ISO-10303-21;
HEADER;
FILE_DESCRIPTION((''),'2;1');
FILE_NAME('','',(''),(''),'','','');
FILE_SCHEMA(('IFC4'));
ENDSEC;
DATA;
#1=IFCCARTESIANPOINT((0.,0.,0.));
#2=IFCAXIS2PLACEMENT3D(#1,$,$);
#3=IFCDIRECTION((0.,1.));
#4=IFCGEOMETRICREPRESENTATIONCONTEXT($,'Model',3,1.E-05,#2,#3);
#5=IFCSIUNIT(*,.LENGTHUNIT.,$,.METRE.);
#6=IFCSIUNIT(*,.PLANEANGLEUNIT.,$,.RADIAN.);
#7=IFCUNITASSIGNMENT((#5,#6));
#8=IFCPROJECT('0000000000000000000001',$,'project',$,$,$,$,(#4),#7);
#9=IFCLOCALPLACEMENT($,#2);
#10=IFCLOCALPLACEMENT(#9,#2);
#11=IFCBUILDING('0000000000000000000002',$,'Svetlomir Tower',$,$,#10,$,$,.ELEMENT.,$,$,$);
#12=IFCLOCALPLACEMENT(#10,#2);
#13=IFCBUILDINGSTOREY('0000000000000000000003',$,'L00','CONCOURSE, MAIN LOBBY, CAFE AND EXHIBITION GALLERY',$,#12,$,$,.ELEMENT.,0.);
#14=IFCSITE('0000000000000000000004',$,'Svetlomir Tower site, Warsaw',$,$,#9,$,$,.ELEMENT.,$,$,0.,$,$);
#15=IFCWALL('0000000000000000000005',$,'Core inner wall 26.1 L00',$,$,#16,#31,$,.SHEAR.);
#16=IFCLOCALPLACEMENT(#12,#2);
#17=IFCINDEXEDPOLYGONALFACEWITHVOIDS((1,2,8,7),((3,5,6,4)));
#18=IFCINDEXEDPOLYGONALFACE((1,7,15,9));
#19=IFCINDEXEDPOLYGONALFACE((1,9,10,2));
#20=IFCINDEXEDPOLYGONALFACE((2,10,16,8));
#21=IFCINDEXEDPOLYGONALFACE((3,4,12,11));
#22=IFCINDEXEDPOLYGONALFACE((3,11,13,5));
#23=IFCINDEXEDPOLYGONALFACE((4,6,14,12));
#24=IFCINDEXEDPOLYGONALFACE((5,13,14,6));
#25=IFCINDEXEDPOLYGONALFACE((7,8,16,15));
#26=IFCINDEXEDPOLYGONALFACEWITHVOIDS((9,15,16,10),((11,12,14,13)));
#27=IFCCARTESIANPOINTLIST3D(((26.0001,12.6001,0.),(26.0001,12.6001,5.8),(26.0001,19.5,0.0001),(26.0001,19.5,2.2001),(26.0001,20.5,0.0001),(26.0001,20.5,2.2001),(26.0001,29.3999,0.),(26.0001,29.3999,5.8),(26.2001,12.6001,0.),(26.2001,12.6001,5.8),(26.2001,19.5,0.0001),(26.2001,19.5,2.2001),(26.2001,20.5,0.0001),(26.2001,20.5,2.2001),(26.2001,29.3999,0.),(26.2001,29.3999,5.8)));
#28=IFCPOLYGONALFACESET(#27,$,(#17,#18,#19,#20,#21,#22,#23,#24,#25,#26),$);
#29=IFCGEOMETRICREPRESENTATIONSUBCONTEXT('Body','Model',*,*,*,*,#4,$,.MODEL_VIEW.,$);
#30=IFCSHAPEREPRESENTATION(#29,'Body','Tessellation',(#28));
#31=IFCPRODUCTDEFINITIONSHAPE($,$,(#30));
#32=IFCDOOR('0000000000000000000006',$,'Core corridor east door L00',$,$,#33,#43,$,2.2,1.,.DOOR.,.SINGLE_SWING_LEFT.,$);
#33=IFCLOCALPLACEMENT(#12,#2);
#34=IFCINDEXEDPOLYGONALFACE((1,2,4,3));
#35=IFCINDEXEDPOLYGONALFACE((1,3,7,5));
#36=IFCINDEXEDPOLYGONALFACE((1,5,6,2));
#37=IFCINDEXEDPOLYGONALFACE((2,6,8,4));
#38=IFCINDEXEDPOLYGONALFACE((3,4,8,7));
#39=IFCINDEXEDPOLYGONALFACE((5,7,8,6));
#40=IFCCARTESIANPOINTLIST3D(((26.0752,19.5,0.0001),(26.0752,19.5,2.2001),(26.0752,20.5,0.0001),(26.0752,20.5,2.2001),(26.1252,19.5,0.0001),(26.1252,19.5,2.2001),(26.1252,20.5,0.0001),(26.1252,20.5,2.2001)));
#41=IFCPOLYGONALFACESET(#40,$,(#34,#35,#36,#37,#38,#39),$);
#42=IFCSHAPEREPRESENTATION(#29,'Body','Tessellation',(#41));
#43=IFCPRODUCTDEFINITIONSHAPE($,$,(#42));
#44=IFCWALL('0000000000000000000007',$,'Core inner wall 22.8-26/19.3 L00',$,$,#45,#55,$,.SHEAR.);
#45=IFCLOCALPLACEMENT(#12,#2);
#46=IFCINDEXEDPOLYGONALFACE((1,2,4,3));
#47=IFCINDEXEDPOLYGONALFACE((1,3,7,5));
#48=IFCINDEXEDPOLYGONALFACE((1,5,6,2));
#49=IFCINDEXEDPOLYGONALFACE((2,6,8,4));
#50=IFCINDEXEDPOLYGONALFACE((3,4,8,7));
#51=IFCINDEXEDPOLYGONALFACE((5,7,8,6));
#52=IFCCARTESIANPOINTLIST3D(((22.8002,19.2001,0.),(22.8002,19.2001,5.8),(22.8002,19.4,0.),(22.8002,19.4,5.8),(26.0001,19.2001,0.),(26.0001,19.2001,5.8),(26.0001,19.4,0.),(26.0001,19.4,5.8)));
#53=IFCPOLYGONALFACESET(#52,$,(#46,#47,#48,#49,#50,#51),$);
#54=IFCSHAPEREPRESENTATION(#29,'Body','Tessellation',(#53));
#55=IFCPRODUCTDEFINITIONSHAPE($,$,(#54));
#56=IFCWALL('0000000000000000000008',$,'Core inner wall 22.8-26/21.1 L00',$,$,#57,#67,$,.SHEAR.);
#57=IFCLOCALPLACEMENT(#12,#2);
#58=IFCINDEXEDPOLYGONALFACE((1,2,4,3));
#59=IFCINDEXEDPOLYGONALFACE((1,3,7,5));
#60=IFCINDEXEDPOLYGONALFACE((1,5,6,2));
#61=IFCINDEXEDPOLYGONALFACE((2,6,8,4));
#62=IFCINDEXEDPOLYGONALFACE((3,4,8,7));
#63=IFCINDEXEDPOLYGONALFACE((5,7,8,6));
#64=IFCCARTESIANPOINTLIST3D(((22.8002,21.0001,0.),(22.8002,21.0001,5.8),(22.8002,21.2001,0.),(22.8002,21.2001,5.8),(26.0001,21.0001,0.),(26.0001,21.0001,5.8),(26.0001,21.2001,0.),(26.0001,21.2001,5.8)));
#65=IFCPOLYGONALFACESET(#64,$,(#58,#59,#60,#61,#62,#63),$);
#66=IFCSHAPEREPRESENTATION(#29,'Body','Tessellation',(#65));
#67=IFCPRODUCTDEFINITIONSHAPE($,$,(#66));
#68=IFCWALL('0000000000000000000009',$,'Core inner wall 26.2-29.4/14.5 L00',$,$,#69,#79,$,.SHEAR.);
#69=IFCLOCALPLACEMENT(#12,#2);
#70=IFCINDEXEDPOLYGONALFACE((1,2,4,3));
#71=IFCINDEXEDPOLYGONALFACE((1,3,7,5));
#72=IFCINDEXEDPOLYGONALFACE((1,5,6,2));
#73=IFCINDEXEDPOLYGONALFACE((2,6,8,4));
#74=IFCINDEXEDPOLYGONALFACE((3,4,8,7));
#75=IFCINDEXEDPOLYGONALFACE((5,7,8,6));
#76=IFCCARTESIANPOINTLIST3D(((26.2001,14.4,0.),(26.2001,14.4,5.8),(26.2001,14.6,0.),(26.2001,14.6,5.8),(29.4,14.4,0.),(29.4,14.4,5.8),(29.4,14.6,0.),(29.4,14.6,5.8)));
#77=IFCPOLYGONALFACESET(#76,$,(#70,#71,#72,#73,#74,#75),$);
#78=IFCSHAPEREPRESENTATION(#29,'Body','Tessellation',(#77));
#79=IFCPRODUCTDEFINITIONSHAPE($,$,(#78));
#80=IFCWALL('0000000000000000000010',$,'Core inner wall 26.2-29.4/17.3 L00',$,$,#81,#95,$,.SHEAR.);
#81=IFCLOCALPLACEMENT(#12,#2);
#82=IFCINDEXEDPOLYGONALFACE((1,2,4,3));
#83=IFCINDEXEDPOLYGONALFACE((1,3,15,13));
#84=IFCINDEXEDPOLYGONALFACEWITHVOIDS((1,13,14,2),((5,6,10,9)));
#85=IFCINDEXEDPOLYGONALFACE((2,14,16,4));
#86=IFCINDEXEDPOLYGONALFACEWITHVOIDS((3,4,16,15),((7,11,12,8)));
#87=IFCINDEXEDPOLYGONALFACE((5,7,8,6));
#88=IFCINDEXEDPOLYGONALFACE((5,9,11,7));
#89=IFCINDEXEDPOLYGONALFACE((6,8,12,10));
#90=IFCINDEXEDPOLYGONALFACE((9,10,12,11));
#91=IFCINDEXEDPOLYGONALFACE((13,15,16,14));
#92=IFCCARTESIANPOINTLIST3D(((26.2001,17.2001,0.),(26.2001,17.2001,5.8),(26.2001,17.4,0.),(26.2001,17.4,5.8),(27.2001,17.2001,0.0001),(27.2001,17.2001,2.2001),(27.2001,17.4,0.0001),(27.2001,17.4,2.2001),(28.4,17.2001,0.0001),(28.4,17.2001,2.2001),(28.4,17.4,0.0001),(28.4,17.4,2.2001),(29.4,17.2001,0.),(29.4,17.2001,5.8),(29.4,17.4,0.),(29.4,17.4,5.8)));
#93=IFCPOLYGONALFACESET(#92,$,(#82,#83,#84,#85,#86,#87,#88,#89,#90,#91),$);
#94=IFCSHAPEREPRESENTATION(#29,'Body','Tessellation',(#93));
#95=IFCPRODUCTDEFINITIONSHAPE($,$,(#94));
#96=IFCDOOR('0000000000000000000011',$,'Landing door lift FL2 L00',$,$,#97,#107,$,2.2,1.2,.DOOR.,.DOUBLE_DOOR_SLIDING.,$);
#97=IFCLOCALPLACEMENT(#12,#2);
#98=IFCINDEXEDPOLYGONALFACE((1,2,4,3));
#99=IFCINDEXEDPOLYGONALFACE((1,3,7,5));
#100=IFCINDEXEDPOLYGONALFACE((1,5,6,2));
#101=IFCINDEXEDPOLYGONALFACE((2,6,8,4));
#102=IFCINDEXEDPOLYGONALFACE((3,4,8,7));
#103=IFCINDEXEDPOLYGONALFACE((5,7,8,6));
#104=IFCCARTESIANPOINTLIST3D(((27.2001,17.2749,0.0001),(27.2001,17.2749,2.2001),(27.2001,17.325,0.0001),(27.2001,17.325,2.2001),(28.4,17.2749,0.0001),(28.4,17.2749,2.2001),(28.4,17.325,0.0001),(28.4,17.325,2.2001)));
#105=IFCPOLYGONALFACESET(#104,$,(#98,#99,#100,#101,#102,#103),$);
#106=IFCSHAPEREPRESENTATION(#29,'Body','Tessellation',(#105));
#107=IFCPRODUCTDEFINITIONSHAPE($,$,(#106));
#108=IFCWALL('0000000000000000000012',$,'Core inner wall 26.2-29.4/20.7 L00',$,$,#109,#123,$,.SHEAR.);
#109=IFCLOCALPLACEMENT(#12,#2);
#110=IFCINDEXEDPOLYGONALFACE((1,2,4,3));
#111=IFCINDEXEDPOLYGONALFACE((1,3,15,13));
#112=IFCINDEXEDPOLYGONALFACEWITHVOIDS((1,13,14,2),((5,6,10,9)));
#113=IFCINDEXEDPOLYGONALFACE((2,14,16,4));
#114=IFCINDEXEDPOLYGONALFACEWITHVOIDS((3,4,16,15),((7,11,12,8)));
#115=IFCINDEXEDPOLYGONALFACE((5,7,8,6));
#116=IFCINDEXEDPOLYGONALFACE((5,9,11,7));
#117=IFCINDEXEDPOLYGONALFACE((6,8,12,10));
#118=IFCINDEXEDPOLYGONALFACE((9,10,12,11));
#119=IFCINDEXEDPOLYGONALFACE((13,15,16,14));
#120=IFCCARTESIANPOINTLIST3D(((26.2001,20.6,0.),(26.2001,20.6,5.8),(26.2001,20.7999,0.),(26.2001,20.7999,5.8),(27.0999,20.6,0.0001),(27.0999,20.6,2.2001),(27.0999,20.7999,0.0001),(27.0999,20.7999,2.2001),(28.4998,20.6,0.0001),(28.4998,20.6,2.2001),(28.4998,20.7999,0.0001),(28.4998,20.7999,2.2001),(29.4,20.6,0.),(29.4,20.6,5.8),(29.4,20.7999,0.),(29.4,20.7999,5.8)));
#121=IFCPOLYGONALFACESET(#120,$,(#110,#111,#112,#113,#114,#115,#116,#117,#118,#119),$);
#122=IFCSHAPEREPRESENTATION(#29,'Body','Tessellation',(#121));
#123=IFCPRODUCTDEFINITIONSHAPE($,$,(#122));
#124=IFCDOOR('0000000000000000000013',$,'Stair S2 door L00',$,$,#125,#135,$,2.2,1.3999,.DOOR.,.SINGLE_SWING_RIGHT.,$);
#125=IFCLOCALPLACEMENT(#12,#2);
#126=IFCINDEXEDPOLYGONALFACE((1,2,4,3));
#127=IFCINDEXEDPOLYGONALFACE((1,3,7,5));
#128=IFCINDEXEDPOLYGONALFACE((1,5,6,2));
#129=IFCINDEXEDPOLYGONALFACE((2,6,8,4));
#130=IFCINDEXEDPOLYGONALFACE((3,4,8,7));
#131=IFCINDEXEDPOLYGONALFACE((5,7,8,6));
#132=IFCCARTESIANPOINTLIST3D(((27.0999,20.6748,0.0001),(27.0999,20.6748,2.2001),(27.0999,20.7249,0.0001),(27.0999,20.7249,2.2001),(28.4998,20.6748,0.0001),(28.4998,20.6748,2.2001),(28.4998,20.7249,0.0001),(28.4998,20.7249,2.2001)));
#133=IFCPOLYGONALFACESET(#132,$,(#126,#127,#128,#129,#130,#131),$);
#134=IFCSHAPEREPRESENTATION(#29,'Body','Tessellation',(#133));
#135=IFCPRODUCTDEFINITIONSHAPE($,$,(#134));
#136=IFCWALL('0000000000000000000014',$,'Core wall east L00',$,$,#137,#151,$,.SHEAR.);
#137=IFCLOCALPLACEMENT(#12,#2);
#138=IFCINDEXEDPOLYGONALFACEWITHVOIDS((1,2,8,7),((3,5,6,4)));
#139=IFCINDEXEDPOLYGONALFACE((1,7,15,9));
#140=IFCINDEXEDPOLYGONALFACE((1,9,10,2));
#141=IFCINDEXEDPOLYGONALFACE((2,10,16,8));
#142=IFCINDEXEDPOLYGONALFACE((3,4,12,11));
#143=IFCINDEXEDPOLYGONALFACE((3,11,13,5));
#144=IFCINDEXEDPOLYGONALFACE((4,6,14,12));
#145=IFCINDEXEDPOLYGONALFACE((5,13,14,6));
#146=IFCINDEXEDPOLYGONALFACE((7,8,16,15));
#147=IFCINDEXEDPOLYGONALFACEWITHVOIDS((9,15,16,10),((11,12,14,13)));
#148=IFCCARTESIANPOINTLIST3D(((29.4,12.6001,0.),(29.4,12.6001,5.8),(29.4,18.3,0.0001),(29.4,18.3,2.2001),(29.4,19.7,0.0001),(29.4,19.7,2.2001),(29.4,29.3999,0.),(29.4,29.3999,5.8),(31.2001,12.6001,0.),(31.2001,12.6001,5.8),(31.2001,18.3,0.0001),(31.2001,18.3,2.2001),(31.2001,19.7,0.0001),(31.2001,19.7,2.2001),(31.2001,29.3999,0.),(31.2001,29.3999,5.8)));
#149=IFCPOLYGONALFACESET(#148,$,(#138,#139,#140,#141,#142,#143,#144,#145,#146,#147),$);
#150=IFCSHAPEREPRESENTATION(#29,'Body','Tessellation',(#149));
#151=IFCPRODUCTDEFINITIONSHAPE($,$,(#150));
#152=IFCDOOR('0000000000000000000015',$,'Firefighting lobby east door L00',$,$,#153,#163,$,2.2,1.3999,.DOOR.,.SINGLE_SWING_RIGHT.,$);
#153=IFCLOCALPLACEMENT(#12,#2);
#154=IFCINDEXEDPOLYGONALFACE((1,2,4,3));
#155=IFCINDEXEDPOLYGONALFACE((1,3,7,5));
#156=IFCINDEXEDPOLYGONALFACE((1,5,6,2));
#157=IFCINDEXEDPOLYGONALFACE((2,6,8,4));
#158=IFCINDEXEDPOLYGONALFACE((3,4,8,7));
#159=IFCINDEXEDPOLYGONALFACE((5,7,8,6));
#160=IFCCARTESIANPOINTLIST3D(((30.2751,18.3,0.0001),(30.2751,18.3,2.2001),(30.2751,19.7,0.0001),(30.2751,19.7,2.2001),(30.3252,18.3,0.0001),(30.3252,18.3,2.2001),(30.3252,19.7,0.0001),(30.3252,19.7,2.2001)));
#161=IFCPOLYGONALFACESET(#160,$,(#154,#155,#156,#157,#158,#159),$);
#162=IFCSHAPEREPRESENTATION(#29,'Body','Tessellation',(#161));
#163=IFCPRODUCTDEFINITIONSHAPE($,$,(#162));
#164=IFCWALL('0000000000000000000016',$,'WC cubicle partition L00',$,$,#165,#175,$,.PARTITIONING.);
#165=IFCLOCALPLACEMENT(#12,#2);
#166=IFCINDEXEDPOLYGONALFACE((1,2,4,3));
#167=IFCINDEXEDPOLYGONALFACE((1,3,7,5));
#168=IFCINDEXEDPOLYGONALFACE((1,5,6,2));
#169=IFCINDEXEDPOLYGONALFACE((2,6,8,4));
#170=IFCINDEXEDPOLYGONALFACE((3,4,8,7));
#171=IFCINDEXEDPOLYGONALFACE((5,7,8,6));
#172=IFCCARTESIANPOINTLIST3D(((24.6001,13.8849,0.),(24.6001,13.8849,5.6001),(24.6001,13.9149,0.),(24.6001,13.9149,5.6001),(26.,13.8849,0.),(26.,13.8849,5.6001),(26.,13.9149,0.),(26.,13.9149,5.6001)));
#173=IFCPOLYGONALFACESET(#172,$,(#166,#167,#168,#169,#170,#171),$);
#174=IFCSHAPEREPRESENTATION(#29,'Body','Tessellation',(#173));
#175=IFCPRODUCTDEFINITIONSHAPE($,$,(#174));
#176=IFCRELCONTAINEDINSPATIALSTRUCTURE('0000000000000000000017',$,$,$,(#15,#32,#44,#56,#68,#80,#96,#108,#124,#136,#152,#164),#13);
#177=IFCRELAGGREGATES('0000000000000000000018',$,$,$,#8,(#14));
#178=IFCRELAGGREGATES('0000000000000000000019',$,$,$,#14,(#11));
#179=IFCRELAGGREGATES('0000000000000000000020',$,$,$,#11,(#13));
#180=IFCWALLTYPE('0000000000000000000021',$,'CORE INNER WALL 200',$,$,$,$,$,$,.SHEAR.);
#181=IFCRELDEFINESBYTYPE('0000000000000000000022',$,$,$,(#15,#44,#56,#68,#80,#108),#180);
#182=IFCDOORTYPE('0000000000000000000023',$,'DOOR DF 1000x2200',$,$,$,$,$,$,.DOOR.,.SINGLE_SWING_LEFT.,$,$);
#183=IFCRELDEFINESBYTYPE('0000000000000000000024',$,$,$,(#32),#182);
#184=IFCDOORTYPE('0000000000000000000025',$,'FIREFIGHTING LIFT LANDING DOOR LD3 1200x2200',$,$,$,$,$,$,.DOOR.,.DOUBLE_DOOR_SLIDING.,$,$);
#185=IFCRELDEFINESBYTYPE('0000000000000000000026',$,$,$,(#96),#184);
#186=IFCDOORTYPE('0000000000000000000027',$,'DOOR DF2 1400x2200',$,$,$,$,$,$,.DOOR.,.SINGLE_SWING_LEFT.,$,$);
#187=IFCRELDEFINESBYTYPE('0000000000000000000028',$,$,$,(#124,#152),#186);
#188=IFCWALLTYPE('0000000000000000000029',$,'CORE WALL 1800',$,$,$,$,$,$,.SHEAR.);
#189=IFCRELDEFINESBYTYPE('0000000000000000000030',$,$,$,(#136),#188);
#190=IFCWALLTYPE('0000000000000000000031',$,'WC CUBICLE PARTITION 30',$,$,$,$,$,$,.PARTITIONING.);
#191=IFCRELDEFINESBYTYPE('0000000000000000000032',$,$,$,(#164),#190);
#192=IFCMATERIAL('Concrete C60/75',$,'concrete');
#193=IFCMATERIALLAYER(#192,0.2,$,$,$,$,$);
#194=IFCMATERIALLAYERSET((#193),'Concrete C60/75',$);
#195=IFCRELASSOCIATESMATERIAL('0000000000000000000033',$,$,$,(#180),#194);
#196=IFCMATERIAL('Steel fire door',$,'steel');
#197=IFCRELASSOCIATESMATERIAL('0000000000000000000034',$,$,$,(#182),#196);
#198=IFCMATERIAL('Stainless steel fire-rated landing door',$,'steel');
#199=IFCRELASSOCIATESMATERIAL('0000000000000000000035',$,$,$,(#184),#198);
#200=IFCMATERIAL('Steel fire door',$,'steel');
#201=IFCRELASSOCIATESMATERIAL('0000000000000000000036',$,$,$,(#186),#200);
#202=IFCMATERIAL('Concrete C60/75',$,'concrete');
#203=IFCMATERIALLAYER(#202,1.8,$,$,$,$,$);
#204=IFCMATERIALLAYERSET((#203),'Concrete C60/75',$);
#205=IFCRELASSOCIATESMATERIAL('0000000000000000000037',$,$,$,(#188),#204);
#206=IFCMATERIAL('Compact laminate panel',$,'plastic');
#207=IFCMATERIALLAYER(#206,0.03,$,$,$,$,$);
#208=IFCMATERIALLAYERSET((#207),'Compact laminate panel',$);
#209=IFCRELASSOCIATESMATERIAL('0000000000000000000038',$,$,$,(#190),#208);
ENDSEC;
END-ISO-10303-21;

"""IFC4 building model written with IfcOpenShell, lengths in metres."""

from ifc_helpers import new_model, si_unit, direction, frame, frame_2d, origin, place, context, subcontext, project, spatial, rectangle, extrude, material, layer, layer_set, type_object, element, fill, save


model = new_model("IFC4")

# Units and contexts
model_context = context("Model", 3, precision=1e-05, world=origin(), true_north=direction((0.0, 1.0)))
body_context = subcontext(model_context, "Body", "Model", "MODEL_VIEW")
ifc_project = project(units=[si_unit("LENGTHUNIT", "METRE"), si_unit("PLANEANGLEUNIT", "RADIAN")], contexts=[model_context])

# Site, building, storey
site_placement = place(None, origin())
site = spatial("IfcSite", under=ifc_project, at=site_placement, Name="Svetlomir Tower site, Warsaw", CompositionType="ELEMENT", RefElevation=0.0)
building_placement = place(site_placement, origin())
building = spatial("IfcBuilding", under=site, at=building_placement, Name="Svetlomir Tower", CompositionType="ELEMENT")
storey_placement = place(building_placement, origin())
storey = spatial("IfcBuildingStorey", under=building, at=storey_placement, Name="L00", Description="CONCOURSE, MAIN LOBBY, CAFE AND EXHIBITION GALLERY", CompositionType="ELEMENT", Elevation=0.0)

# Wall, opening, door
ifc_material_1 = material(Name="Concrete C60/75", Category="concrete")
ifc_layer_1 = layer(ifc_material_1, 0.2)
ifc_layer_set_1 = layer_set([ifc_layer_1], Name="Concrete C60/75")
wall_type_1 = type_object("IfcWallType", Name="CORE INNER WALL 200", PredefinedType="SHEAR", material=ifc_layer_set_1)
wall_1_placement = place(storey_placement, frame((26.1001, 12.6001, 0.0), z_axis=(0.0, 0.0, 1.0), x_axis=(0.0, 1.0, 0.0)))
wall_1 = element("IfcWall", 1, at=wall_1_placement, inside=storey, type_object=wall_type_1, Name="Core inner wall 26.1 L00", PredefinedType="SHEAR", context=body_context, shape_type="SweptSolid", body=[
    extrude(rectangle(XDim=16.7998, YDim=0.2, at=frame_2d((8.3999, 0.0))), origin(), (0.0, 0.0, 1.0), 5.8),
])
opening_1_placement = place(wall_1_placement, frame((6.8999, 0.0, 0.0)))
opening_1 = element("IfcOpeningElement", 2, at=opening_1_placement, cuts=wall_1, PredefinedType="OPENING", context=body_context, shape_type="SweptSolid", body=[
    extrude(rectangle(XDim=1.0, YDim=2.2, at=frame_2d((0.5, 1.1001))), frame((0.0, 0.1099, 0.0), z_axis=(0.0, -1.0, 0.0), x_axis=(1.0, 0.0, 0.0)), (0.0, 0.0, 1.0), 0.22),
])
ifc_material_2 = material(Name="Steel fire door", Category="steel")
door_type_1 = type_object("IfcDoorType", Name="DOOR DF 1000x2200", OperationType="SINGLE_SWING_LEFT", PredefinedType="DOOR", material=ifc_material_2)
door_1_placement = place(opening_1_placement, origin())
door_1 = element("IfcDoor", 3, at=door_1_placement, inside=storey, type_object=door_type_1, Name="Core corridor east door L00", OperationType="SINGLE_SWING_LEFT", OverallHeight=2.2, OverallWidth=1.0, PredefinedType="DOOR", context=body_context, shape_type="SweptSolid", body=[
    extrude(rectangle(XDim=1.0, YDim=2.2, at=frame_2d((0.5, 1.1001))), frame((0.0, 0.0249, 0.0), z_axis=(0.0, -1.0, 0.0), x_axis=(1.0, 0.0, 0.0)), (0.0, 0.0, 1.0), 0.05),
])
fill(opening_1, door_1)

# Walls
for number, where, z_axis, x_axis, name in (
    (4, (22.8, 19.3, 0.0), (0.0, 0.0, 1.0), (1.0, 0.0, 0.0), "Core inner wall 22.8-26/19.3 L00"),
    (5, (22.8, 21.1001, 0.0), (0.0, 0.0, 1.0), (1.0, 0.0, 0.0), "Core inner wall 22.8-26/21.1 L00"),
    (6, (26.2, 14.5, 0.0), (0.0, 0.0, 1.0), (1.0, 0.0, 0.0), "Core inner wall 26.2-29.4/14.5 L00"),
):
    element("IfcWall", number, at=place(storey_placement, frame(where, z_axis=z_axis, x_axis=x_axis)), inside=storey, type_object=wall_type_1, Name=name, PredefinedType="SHEAR", context=body_context, shape_type="SweptSolid", body=[
        extrude(rectangle(XDim=3.2, YDim=0.2, at=frame_2d((1.6001, 0.0))), origin(), (0.0, 0.0, 1.0), 5.8),
    ])

# Walls, openings, doors
wall_2_placement = place(storey_placement, frame((26.2, 17.3, 0.0), z_axis=(0.0, 0.0, 1.0), x_axis=(1.0, 0.0, 0.0)))
wall_2 = element("IfcWall", 7, at=wall_2_placement, inside=storey, type_object=wall_type_1, Name="Core inner wall 26.2-29.4/17.3 L00", PredefinedType="SHEAR", context=body_context, shape_type="SweptSolid", body=[
    extrude(rectangle(XDim=3.2, YDim=0.2, at=frame_2d((1.6001, 0.0))), origin(), (0.0, 0.0, 1.0), 5.8),
])
opening_2_placement = place(wall_2_placement, frame((1.0, 0.0, 0.0)))
opening_2 = element("IfcOpeningElement", 8, at=opening_2_placement, cuts=wall_2, PredefinedType="OPENING", context=body_context, shape_type="SweptSolid", body=[
    extrude(rectangle(XDim=1.2, YDim=2.2, at=frame_2d((0.6001, 1.1001))), frame((0.0, 0.1099, 0.0), z_axis=(0.0, -1.0, 0.0), x_axis=(1.0, 0.0, 0.0)), (0.0, 0.0, 1.0), 0.22),
])
ifc_material_3 = material(Name="Stainless steel fire-rated landing door", Category="steel")
door_type_2 = type_object("IfcDoorType", Name="FIREFIGHTING LIFT LANDING DOOR LD3 1200x2200", OperationType="DOUBLE_DOOR_SLIDING", PredefinedType="DOOR", material=ifc_material_3)
door_2_placement = place(opening_2_placement, origin())
door_2 = element("IfcDoor", 9, at=door_2_placement, inside=storey, type_object=door_type_2, Name="Landing door lift FL2 L00", OperationType="DOUBLE_DOOR_SLIDING", OverallHeight=2.2, OverallWidth=1.2, PredefinedType="DOOR", context=body_context, shape_type="SweptSolid", body=[
    extrude(rectangle(XDim=1.2, YDim=2.2, at=frame_2d((0.6001, 1.1001))), frame((0.0, 0.0249, 0.0), z_axis=(0.0, -1.0, 0.0), x_axis=(1.0, 0.0, 0.0)), (0.0, 0.0, 1.0), 0.05),
])
fill(opening_2, door_2)
wall_3_placement = place(storey_placement, frame((26.2, 20.7, 0.0), z_axis=(0.0, 0.0, 1.0), x_axis=(1.0, 0.0, 0.0)))
wall_3 = element("IfcWall", 10, at=wall_3_placement, inside=storey, type_object=wall_type_1, Name="Core inner wall 26.2-29.4/20.7 L00", PredefinedType="SHEAR", context=body_context, shape_type="SweptSolid", body=[
    extrude(rectangle(XDim=3.2, YDim=0.2, at=frame_2d((1.6001, 0.0))), origin(), (0.0, 0.0, 1.0), 5.8),
])
opening_3_placement = place(wall_3_placement, frame((0.8999, 0.0, 0.0)))
opening_3 = element("IfcOpeningElement", 11, at=opening_3_placement, cuts=wall_3, PredefinedType="OPENING", context=body_context, shape_type="SweptSolid", body=[
    extrude(rectangle(XDim=1.3999, YDim=2.2, at=frame_2d((0.7, 1.1001))), frame((0.0, 0.1099, 0.0), z_axis=(0.0, -1.0, 0.0), x_axis=(1.0, 0.0, 0.0)), (0.0, 0.0, 1.0), 0.22),
])
ifc_material_4 = material(Name="Steel fire door", Category="steel")
door_type_3 = type_object("IfcDoorType", Name="DOOR DF2 1400x2200", OperationType="SINGLE_SWING_LEFT", PredefinedType="DOOR", material=ifc_material_4)
door_3_placement = place(opening_3_placement, origin())
door_3 = element("IfcDoor", 12, at=door_3_placement, inside=storey, type_object=door_type_3, Name="Stair S2 door L00", OperationType="SINGLE_SWING_RIGHT", OverallHeight=2.2, OverallWidth=1.3999, PredefinedType="DOOR", context=body_context, shape_type="SweptSolid", body=[
    extrude(rectangle(XDim=1.3999, YDim=2.2, at=frame_2d((0.7, 1.1001))), frame((0.0, 0.0249, 0.0), z_axis=(0.0, -1.0, 0.0), x_axis=(1.0, 0.0, 0.0)), (0.0, 0.0, 1.0), 0.05),
])
fill(opening_3, door_3)
ifc_material_5 = material(Name="Concrete C60/75", Category="concrete")
ifc_layer_2 = layer(ifc_material_5, 1.8)
ifc_layer_set_2 = layer_set([ifc_layer_2], Name="Concrete C60/75")
wall_type_2 = type_object("IfcWallType", Name="CORE WALL 1800", PredefinedType="SHEAR", material=ifc_layer_set_2)
wall_4_placement = place(storey_placement, frame((30.3, 12.6001, 0.0), z_axis=(0.0, 0.0, 1.0), x_axis=(0.0, 1.0, 0.0)))
wall_4 = element("IfcWall", 13, at=wall_4_placement, inside=storey, type_object=wall_type_2, Name="Core wall east L00", PredefinedType="SHEAR", context=body_context, shape_type="SweptSolid", body=[
    extrude(rectangle(XDim=16.7998, YDim=1.8, at=frame_2d((8.3999, 0.0))), origin(), (0.0, 0.0, 1.0), 5.8),
])
opening_4_placement = place(wall_4_placement, frame((5.7, 0.0, 0.0)))
opening_4 = element("IfcOpeningElement", 14, at=opening_4_placement, cuts=wall_4, PredefinedType="OPENING", context=body_context, shape_type="SweptSolid", body=[
    extrude(rectangle(XDim=1.3999, YDim=2.2, at=frame_2d((0.7, 1.1001))), frame((0.0, 0.9102, 0.0), z_axis=(0.0, -1.0, 0.0), x_axis=(1.0, 0.0, 0.0)), (0.0, 0.0, 1.0), 1.8201),
])
door_4_placement = place(opening_4_placement, origin())
door_4 = element("IfcDoor", 15, at=door_4_placement, inside=storey, type_object=door_type_3, Name="Firefighting lobby east door L00", OperationType="SINGLE_SWING_RIGHT", OverallHeight=2.2, OverallWidth=1.3999, PredefinedType="DOOR", context=body_context, shape_type="SweptSolid", body=[
    extrude(rectangle(XDim=1.3999, YDim=2.2, at=frame_2d((0.7, 1.1001))), frame((0.0, 0.0249, 0.0), z_axis=(0.0, -1.0, 0.0), x_axis=(1.0, 0.0, 0.0)), (0.0, 0.0, 1.0), 0.05),
])
fill(opening_4, door_4)

# Wall
ifc_material_6 = material(Name="Compact laminate panel", Category="plastic")
ifc_layer_3 = layer(ifc_material_6, 0.03)
ifc_layer_set_3 = layer_set([ifc_layer_3], Name="Compact laminate panel")
wall_type_3 = type_object("IfcWallType", Name="WC CUBICLE PARTITION 30", PredefinedType="PARTITIONING", material=ifc_layer_set_3)
for number, where, z_axis, x_axis, name in (
    (16, (24.6001, 13.8999, 0.0), (0.0, 0.0, 1.0), (1.0, 0.0, 0.0), "WC cubicle partition L00"),
):
    element("IfcWall", number, at=place(storey_placement, frame(where, z_axis=z_axis, x_axis=x_axis)), inside=storey, type_object=wall_type_3, Name=name, PredefinedType="PARTITIONING", context=body_context, shape_type="SweptSolid", body=[
        extrude(rectangle(XDim=1.3999, YDim=0.03, at=frame_2d((0.7, 0.0))), origin(), (0.0, 0.0, 1.0), 5.6001),
    ])

save(model, "model.ifc")
